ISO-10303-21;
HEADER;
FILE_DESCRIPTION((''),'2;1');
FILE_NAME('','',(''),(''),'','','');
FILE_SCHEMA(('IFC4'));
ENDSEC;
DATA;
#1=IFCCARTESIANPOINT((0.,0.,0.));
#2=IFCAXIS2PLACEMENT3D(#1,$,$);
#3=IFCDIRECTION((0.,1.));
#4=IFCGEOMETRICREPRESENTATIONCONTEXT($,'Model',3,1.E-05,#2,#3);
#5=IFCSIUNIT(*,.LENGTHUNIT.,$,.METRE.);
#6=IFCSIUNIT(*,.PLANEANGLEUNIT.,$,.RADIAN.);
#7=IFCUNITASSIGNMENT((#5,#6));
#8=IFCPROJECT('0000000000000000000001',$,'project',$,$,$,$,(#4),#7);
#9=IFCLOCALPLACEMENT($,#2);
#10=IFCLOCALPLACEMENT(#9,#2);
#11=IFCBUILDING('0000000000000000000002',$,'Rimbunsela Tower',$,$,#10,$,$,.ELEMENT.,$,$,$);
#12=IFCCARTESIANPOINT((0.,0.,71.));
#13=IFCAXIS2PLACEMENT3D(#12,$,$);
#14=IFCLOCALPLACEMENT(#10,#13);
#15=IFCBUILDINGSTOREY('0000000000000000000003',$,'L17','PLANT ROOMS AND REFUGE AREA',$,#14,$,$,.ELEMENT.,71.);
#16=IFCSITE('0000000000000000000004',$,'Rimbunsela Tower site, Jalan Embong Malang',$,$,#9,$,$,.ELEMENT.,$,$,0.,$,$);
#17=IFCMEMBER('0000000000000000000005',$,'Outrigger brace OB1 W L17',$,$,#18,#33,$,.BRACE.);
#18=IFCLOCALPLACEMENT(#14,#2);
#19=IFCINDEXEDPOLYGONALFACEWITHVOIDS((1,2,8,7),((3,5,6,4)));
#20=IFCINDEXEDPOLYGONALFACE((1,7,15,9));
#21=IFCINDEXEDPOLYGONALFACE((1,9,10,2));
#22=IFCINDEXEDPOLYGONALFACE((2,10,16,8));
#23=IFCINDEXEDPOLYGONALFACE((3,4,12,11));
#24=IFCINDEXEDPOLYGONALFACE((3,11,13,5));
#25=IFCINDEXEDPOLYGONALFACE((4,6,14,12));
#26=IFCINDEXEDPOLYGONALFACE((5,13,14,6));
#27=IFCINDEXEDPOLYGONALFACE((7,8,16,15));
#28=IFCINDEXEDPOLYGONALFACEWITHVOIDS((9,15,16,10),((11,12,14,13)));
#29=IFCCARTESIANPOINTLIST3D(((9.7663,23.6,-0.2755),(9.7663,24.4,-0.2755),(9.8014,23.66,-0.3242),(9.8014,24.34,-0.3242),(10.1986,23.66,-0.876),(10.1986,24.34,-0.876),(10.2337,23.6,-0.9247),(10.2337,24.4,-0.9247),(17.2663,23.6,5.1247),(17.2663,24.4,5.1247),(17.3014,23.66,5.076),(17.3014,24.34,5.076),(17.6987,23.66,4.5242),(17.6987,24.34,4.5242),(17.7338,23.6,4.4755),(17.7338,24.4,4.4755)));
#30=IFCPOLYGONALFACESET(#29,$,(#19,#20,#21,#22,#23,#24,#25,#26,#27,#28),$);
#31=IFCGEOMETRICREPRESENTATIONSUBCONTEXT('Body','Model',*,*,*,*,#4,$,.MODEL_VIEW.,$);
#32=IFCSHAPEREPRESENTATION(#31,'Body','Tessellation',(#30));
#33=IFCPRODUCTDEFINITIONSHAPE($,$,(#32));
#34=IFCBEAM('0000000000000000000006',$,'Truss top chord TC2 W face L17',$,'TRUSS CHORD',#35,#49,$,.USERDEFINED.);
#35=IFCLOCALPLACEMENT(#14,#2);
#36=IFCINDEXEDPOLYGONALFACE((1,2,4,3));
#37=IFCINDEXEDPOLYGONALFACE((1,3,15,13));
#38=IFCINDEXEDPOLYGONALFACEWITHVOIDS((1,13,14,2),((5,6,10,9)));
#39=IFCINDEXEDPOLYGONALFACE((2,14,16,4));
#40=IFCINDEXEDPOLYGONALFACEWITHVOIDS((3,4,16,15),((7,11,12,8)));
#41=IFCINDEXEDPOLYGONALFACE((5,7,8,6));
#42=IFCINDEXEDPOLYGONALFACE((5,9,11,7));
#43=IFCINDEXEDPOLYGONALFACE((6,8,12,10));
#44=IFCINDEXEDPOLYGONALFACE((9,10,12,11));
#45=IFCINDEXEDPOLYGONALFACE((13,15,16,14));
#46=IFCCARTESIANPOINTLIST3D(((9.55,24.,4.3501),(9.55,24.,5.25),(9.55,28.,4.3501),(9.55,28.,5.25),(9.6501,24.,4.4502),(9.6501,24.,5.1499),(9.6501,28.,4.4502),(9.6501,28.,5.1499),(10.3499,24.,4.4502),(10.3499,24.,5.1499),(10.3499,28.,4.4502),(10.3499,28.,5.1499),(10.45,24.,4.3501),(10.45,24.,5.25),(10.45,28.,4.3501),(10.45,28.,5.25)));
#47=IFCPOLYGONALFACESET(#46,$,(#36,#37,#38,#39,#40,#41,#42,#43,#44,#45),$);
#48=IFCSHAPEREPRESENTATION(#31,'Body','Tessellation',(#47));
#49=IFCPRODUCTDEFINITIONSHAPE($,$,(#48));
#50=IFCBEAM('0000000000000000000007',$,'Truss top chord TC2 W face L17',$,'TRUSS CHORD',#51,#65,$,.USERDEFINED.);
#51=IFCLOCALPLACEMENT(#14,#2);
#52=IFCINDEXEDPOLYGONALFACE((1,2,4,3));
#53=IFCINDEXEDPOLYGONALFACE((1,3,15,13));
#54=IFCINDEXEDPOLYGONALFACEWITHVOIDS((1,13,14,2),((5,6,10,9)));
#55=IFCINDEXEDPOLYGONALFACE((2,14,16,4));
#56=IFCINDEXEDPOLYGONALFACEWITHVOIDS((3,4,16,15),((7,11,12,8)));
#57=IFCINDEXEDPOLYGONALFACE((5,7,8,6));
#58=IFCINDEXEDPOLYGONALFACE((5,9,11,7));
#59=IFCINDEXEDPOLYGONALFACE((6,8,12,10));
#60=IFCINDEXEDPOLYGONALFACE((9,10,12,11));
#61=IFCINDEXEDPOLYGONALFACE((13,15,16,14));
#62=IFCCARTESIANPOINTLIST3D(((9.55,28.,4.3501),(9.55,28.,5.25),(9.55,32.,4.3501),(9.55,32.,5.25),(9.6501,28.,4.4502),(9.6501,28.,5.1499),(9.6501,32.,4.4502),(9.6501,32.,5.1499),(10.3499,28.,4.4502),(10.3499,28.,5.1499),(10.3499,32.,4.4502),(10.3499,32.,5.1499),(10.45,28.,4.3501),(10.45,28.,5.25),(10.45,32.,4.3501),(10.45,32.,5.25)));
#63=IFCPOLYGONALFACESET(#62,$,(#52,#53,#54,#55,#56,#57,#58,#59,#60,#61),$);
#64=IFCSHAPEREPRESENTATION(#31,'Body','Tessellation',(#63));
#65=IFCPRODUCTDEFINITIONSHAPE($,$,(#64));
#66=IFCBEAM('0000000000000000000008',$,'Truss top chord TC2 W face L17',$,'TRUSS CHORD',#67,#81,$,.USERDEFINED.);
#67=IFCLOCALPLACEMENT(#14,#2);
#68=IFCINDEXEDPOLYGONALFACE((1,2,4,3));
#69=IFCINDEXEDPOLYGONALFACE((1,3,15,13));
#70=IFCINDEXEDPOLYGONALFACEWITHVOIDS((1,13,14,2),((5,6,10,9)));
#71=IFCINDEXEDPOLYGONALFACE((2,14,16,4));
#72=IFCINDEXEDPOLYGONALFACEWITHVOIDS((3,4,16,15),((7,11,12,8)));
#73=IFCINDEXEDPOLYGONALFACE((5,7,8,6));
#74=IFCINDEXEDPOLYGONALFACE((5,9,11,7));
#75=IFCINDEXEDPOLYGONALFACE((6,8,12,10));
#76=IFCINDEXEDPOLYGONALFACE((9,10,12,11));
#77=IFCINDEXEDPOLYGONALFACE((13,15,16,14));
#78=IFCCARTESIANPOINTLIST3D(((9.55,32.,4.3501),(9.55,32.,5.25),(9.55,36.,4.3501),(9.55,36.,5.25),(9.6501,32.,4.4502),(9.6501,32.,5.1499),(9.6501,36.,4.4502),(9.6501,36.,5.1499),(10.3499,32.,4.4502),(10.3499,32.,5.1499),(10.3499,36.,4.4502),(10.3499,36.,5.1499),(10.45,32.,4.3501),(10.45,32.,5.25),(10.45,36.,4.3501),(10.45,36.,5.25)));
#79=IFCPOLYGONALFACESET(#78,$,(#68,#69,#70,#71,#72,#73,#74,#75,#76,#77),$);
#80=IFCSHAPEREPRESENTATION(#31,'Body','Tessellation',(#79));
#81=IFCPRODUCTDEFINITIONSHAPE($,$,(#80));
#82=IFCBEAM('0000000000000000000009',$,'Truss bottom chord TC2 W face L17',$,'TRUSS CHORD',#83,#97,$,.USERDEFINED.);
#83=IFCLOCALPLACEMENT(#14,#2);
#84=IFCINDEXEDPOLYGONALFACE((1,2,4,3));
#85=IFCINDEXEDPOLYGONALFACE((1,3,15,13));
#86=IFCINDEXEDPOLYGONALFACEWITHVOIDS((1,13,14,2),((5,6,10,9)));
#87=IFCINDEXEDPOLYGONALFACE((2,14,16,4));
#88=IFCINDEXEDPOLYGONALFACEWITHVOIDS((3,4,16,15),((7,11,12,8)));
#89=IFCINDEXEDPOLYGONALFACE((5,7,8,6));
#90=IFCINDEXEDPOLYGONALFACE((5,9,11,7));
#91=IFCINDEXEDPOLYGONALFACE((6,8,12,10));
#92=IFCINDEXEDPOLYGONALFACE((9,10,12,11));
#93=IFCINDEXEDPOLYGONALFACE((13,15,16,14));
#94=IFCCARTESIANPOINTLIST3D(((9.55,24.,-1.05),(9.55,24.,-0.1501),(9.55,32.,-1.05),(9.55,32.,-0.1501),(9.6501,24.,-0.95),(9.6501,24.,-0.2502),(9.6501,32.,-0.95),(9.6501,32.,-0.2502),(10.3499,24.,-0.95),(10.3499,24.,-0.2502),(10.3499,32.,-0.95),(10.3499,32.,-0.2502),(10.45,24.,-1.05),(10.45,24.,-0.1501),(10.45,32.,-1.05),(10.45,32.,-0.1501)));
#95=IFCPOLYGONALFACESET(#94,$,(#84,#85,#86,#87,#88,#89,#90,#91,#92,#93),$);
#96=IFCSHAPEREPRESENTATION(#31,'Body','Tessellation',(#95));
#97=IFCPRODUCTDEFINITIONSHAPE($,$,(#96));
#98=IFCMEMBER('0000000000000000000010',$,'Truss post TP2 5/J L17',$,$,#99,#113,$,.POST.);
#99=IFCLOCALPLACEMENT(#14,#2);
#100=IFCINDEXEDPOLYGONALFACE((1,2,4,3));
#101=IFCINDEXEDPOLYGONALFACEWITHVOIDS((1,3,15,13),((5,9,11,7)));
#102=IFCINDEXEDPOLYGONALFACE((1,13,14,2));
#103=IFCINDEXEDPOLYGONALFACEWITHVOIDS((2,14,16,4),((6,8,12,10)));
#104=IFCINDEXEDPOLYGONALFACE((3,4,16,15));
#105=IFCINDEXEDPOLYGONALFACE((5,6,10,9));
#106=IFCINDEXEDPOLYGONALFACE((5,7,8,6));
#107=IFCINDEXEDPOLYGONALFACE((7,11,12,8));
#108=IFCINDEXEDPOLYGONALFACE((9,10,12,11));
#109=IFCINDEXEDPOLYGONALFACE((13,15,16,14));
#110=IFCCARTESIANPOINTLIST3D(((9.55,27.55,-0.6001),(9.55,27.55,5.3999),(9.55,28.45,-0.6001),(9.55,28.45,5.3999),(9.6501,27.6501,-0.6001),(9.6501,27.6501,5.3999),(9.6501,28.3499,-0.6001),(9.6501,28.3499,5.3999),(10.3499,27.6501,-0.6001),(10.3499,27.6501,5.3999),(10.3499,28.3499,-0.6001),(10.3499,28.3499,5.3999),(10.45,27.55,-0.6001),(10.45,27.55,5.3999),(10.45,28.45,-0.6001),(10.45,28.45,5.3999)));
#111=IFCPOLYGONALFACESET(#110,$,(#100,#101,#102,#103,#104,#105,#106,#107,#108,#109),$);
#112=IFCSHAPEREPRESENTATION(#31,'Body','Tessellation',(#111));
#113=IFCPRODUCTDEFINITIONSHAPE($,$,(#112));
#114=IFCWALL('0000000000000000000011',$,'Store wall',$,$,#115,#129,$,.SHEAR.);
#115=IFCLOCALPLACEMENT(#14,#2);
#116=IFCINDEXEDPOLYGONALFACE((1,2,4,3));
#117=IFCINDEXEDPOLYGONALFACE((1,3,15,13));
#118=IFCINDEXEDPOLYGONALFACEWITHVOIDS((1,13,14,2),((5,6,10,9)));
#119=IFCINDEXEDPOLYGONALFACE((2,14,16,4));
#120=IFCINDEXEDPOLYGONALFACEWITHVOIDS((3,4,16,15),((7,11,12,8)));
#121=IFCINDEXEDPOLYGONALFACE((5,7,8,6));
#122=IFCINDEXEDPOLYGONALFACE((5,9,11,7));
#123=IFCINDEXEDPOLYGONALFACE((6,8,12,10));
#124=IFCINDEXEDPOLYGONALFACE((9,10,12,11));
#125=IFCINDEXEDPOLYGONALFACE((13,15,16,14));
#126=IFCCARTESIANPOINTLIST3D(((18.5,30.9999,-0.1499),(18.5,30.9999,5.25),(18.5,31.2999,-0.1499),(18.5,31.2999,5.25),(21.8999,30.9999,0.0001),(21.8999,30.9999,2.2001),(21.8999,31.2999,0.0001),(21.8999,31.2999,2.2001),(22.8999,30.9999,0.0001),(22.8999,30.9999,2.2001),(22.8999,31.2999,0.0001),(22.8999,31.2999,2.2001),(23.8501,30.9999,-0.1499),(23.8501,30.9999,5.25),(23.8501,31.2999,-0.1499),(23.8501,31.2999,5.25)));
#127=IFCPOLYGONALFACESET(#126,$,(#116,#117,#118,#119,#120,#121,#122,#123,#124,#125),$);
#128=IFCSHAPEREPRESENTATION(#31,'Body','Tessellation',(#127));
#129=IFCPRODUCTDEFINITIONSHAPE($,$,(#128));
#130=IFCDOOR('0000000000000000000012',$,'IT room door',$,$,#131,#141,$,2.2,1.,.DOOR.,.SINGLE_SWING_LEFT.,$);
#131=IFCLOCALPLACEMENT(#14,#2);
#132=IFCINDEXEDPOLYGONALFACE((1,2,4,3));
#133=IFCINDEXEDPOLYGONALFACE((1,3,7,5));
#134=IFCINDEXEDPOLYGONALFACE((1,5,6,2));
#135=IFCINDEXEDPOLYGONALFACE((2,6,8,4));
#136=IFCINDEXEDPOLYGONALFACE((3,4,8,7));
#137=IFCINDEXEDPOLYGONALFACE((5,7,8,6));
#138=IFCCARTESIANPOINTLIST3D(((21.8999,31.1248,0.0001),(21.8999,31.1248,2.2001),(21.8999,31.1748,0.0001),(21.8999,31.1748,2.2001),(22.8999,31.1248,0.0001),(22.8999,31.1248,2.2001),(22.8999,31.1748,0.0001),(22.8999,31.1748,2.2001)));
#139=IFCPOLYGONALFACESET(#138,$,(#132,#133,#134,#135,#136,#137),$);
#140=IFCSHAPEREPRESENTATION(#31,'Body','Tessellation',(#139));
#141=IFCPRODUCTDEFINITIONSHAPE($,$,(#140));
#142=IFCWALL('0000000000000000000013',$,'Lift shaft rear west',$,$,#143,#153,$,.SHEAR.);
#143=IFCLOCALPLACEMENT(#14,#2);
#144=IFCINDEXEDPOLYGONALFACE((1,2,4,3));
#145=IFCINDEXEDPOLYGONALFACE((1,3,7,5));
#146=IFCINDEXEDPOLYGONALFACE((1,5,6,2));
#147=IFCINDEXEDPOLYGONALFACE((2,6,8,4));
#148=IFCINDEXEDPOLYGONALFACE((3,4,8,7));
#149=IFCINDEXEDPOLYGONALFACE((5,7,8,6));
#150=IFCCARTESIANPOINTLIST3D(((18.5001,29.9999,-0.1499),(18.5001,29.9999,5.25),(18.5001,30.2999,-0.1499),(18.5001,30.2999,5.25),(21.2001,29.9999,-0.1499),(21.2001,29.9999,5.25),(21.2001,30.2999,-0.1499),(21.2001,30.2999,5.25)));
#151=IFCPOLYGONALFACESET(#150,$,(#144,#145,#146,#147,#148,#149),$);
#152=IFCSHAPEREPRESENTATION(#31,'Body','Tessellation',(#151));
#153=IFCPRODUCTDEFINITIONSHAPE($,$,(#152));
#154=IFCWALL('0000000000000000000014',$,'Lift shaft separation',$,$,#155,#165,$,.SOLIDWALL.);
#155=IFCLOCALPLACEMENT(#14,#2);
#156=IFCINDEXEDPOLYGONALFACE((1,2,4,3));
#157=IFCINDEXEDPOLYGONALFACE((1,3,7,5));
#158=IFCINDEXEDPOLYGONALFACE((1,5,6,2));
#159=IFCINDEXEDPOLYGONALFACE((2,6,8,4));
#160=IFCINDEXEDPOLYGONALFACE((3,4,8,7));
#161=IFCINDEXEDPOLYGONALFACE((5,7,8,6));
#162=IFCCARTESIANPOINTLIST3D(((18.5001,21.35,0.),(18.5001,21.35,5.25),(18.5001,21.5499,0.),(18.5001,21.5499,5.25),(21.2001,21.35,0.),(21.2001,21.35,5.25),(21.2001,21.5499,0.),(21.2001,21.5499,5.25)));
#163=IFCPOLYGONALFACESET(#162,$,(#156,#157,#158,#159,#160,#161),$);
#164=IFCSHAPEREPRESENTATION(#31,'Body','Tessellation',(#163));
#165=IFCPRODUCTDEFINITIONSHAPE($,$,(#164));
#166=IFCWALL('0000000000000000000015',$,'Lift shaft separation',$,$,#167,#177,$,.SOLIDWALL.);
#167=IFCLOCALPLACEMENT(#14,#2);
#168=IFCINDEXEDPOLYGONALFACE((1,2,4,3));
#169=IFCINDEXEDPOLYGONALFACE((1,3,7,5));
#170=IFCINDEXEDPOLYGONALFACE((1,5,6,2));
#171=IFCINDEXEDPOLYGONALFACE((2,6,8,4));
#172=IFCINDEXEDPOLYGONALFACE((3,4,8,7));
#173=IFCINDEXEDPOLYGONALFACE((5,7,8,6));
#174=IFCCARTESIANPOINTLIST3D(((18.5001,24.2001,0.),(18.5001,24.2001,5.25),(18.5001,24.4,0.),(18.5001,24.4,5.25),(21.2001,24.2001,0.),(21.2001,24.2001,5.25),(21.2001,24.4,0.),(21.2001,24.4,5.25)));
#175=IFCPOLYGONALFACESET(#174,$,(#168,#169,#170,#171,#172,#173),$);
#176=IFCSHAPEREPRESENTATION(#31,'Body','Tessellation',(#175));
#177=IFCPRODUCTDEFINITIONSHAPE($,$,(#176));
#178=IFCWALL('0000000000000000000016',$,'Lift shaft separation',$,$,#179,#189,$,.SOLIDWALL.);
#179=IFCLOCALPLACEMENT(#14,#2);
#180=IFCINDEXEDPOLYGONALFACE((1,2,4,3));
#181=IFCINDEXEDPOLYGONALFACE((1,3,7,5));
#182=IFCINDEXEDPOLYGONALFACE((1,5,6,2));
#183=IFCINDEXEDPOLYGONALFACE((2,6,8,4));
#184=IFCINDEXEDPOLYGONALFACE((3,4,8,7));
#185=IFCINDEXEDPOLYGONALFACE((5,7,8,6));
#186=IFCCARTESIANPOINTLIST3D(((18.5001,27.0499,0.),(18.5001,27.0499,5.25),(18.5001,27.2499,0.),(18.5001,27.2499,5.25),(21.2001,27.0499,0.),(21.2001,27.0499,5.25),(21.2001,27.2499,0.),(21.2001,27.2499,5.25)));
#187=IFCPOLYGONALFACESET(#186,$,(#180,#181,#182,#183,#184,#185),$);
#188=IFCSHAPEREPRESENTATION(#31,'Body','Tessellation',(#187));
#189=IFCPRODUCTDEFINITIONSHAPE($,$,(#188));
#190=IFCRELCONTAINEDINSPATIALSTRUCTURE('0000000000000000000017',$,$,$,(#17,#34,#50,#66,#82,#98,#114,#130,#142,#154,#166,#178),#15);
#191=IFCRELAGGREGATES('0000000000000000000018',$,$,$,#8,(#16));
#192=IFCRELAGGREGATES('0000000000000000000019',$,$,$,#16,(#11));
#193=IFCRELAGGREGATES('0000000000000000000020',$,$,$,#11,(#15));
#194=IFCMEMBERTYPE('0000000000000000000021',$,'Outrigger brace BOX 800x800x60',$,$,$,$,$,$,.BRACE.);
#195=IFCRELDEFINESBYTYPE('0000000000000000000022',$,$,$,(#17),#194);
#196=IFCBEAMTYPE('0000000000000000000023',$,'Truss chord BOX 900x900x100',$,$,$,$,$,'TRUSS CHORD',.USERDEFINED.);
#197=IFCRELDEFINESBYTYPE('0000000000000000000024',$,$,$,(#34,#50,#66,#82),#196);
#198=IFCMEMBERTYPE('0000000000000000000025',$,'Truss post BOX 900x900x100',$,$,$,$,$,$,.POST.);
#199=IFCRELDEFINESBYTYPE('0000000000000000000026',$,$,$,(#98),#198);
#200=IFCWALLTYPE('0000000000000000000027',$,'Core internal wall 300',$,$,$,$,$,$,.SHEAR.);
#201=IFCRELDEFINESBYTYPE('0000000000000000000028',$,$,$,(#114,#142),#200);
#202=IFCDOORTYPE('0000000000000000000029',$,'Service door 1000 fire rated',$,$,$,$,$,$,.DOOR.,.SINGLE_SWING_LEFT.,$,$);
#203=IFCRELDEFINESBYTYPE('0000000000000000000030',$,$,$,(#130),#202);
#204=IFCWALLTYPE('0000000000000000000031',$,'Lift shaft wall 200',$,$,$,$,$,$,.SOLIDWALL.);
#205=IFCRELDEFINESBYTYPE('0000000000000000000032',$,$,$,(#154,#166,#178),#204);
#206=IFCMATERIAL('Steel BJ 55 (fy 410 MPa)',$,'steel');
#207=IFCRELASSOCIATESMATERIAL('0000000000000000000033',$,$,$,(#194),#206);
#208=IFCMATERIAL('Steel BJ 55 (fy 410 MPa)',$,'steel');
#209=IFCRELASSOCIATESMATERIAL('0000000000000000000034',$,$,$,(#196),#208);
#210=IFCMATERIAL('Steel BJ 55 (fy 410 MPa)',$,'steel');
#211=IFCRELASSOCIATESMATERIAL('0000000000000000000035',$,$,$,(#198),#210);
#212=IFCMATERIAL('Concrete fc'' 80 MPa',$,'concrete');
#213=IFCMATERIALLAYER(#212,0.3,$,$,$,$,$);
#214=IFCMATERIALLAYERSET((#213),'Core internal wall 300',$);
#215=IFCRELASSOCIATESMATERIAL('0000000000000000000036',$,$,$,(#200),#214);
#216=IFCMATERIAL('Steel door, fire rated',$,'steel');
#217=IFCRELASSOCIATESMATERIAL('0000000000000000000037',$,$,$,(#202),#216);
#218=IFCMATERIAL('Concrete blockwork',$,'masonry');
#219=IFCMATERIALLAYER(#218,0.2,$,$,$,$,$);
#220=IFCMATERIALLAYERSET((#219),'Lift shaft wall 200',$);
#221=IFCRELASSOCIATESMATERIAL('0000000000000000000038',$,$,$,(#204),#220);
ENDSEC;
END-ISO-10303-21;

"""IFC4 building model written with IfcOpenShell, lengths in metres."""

from ifc_helpers import new_model, si_unit, direction, frame, frame_2d, origin, origin_2d, place, context, subcontext, project, spatial, rectangle, hollow_rectangle, extrude, material, layer, layer_set, material_profile, profile_set, type_object, element, fill, save


model = new_model("IFC4")

# Units and contexts
model_context = context("Model", 3, precision=1e-05, world=origin(), true_north=direction((0.0, 1.0)))
body_context = subcontext(model_context, "Body", "Model", "MODEL_VIEW")
ifc_project = project(units=[si_unit("LENGTHUNIT", "METRE"), si_unit("PLANEANGLEUNIT", "RADIAN")], contexts=[model_context])

# Site, building, storey
site_placement = place(None, origin())
site = spatial("IfcSite", under=ifc_project, at=site_placement, Name="Rimbunsela Tower site, Jalan Embong Malang", CompositionType="ELEMENT", RefElevation=0.0)
building_placement = place(site_placement, origin())
building = spatial("IfcBuilding", under=site, at=building_placement, Name="Rimbunsela Tower", CompositionType="ELEMENT")
storey_placement = place(building_placement, frame((0.0, 0.0, 71.0)))
storey = spatial("IfcBuildingStorey", under=building, at=storey_placement, Name="L17", Description="PLANT ROOMS AND REFUGE AREA", CompositionType="ELEMENT", Elevation=71.0)

# Member
ifc_material_1 = material(Name="Steel BJ 55 (fy 410 MPa)", Category="steel")
ifc_material_profile_1 = material_profile(ifc_material_1, hollow_rectangle(XDim=0.8, YDim=0.8, WallThickness=0.0601, at=origin_2d()), Name="BOX 800x800x60")
ifc_profile_set_1 = profile_set([ifc_material_profile_1], Name="Steel BJ 55 (fy 410 MPa)")
member_type_1 = type_object("IfcMemberType", Name="Outrigger brace BOX 800x800x60", PredefinedType="BRACE", material=ifc_profile_set_1)
for number, where, z_axis, x_axis, name in (
    (1, (10.0, 24.0, -0.6001), (0.811527, 0.0, 0.584315), (0.0, 1.0, 0.0), "Outrigger brace OB1 W L17"),
):
    element("IfcMember", number, at=place(storey_placement, frame(where, z_axis=z_axis, x_axis=x_axis)), inside=storey, type_object=member_type_1, Name=name, PredefinedType="BRACE", context=body_context, shape_type="SweptSolid", body=[
        extrude(hollow_rectangle(XDim=0.8, YDim=0.8, WallThickness=0.0601, at=origin_2d()), origin(), (0.0, 0.0, 1.0), 9.2419),
    ])

# Beams
ifc_material_2 = material(Name="Steel BJ 55 (fy 410 MPa)", Category="steel")
ifc_material_profile_2 = material_profile(ifc_material_2, hollow_rectangle(XDim=0.8999, YDim=0.8999, WallThickness=0.1001, at=origin_2d()), Name="BOX 900x900x100")
ifc_profile_set_2 = profile_set([ifc_material_profile_2], Name="Steel BJ 55 (fy 410 MPa)")
beam_type_1 = type_object("IfcBeamType", Name="Truss chord BOX 900x900x100", ElementType="TRUSS CHORD", PredefinedType="USERDEFINED", material=ifc_profile_set_2)
for number, where, z_axis, x_axis, name in (
    (2, (10.0, 24.0, 4.8), (0.0, 1.0, 0.0), (-1.0, 0.0, 0.0), "Truss top chord TC2 W face L17"),
    (3, (10.0, 28.0, 4.8), (0.0, 1.0, 0.0), (-1.0, 0.0, 0.0), "Truss top chord TC2 W face L17"),
    (4, (10.0, 32.0, 4.8), (0.0, 1.0, 0.0), (-1.0, 0.0, 0.0), "Truss top chord TC2 W face L17"),
):
    element("IfcBeam", number, at=place(storey_placement, frame(where, z_axis=z_axis, x_axis=x_axis)), inside=storey, type_object=beam_type_1, Name=name, ObjectType="TRUSS CHORD", PredefinedType="USERDEFINED", context=body_context, shape_type="SweptSolid", body=[
        extrude(hollow_rectangle(XDim=0.8999, YDim=0.8999, WallThickness=0.1001, at=origin_2d()), origin(), (0.0, 0.0, 1.0), 4.0),
    ])
beam_1_placement = place(storey_placement, frame((10.0, 24.0, -0.6001), z_axis=(0.0, 1.0, 0.0), x_axis=(-1.0, 0.0, 0.0)))
element("IfcBeam", 5, at=beam_1_placement, inside=storey, type_object=beam_type_1, Name="Truss bottom chord TC2 W face L17", ObjectType="TRUSS CHORD", PredefinedType="USERDEFINED", context=body_context, shape_type="SweptSolid", body=[
    extrude(hollow_rectangle(XDim=0.8999, YDim=0.8999, WallThickness=0.1001, at=origin_2d()), origin(), (0.0, 0.0, 1.0), 8.0),
])

# Member
ifc_material_3 = material(Name="Steel BJ 55 (fy 410 MPa)", Category="steel")
ifc_material_profile_3 = material_profile(ifc_material_3, hollow_rectangle(XDim=0.8999, YDim=0.8999, WallThickness=0.1001, at=origin_2d()), Name="BOX 900x900x100")
ifc_profile_set_3 = profile_set([ifc_material_profile_3], Name="Steel BJ 55 (fy 410 MPa)")
member_type_2 = type_object("IfcMemberType", Name="Truss post BOX 900x900x100", PredefinedType="POST", material=ifc_profile_set_3)
member_placement = place(storey_placement, frame((10.0, 28.0, -0.6001), z_axis=(0.0, 0.0, 1.0), x_axis=(1.0, 0.0, 0.0)))
element("IfcMember", 6, at=member_placement, inside=storey, type_object=member_type_2, Name="Truss post TP2 5/J L17", PredefinedType="POST", context=body_context, shape_type="SweptSolid", body=[
    extrude(hollow_rectangle(XDim=0.8999, YDim=0.8999, WallThickness=0.1001, at=origin_2d()), origin(), (0.0, 0.0, 1.0), 6.0),
])

# Wall, opening, door
ifc_material_4 = material(Name="Concrete fc' 80 MPa", Category="concrete")
ifc_layer_1 = layer(ifc_material_4, 0.3)
ifc_layer_set_1 = layer_set([ifc_layer_1], Name="Core internal wall 300")
wall_type_1 = type_object("IfcWallType", Name="Core internal wall 300", PredefinedType="SHEAR", material=ifc_layer_set_1)
wall_1_placement = place(storey_placement, frame((18.5, 31.1499, -0.1499), z_axis=(0.0, 0.0, 1.0), x_axis=(1.0, 0.0, 0.0)))
wall_1 = element("IfcWall", 7, at=wall_1_placement, inside=storey, type_object=wall_type_1, Name="Store wall", PredefinedType="SHEAR", context=body_context, shape_type="SweptSolid", body=[
    extrude(rectangle(XDim=5.3501, YDim=0.3, at=frame_2d((2.675, 0.0))), origin(), (0.0, 0.0, 1.0), 5.3999),
])
opening_placement = place(wall_1_placement, frame((3.3999, 0.0, 0.1499)))
opening = element("IfcOpeningElement", 8, at=opening_placement, cuts=wall_1, PredefinedType="OPENING", context=body_context, shape_type="SweptSolid", body=[
    extrude(rectangle(XDim=1.0, YDim=2.2, at=frame_2d((0.5, 1.1001))), frame((0.0, 0.1599, 0.0), z_axis=(0.0, -1.0, 0.0), x_axis=(1.0, 0.0, 0.0)), (0.0, 0.0, 1.0), 0.3201),
])
ifc_material_5 = material(Name="Steel door, fire rated", Category="steel")
door_type = type_object("IfcDoorType", Name="Service door 1000 fire rated", OperationType="SINGLE_SWING_LEFT", PredefinedType="DOOR", material=ifc_material_5)
door_placement = place(opening_placement, origin())
door = element("IfcDoor", 9, at=door_placement, inside=storey, type_object=door_type, Name="IT room door", OperationType="SINGLE_SWING_LEFT", OverallHeight=2.2, OverallWidth=1.0, PredefinedType="DOOR", context=body_context, shape_type="SweptSolid", body=[
    extrude(rectangle(XDim=1.0, YDim=2.2, at=frame_2d((0.5, 1.1001))), frame((0.0, 0.0249, 0.0), z_axis=(0.0, -1.0, 0.0), x_axis=(1.0, 0.0, 0.0)), (0.0, 0.0, 1.0), 0.05),
])
fill(opening, door)

# Walls
wall_2_placement = place(storey_placement, frame((18.5, 30.1499, -0.1499), z_axis=(0.0, 0.0, 1.0), x_axis=(1.0, 0.0, 0.0)))
element("IfcWall", 10, at=wall_2_placement, inside=storey, type_object=wall_type_1, Name="Lift shaft rear west", PredefinedType="SHEAR", context=body_context, shape_type="SweptSolid", body=[
    extrude(rectangle(XDim=2.7, YDim=0.3, at=frame_2d((1.3501, 0.0))), origin(), (0.0, 0.0, 1.0), 5.3999),
])
ifc_material_6 = material(Name="Concrete blockwork", Category="masonry")
ifc_layer_2 = layer(ifc_material_6, 0.2)
ifc_layer_set_2 = layer_set([ifc_layer_2], Name="Lift shaft wall 200")
wall_type_2 = type_object("IfcWallType", Name="Lift shaft wall 200", PredefinedType="SOLIDWALL", material=ifc_layer_set_2)
for number, where, z_axis, x_axis, name in (
    (11, (18.5, 21.45, 0.0), (0.0, 0.0, 1.0), (1.0, 0.0, 0.0), "Lift shaft separation"),
    (12, (18.5, 24.3, 0.0), (0.0, 0.0, 1.0), (1.0, 0.0, 0.0), "Lift shaft separation"),
    (13, (18.5, 27.1499, 0.0), (0.0, 0.0, 1.0), (1.0, 0.0, 0.0), "Lift shaft separation"),
):
    element("IfcWall", number, at=place(storey_placement, frame(where, z_axis=z_axis, x_axis=x_axis)), inside=storey, type_object=wall_type_2, Name=name, PredefinedType="SOLIDWALL", context=body_context, shape_type="SweptSolid", body=[
        extrude(rectangle(XDim=2.7, YDim=0.2, at=frame_2d((1.3501, 0.0))), origin(), (0.0, 0.0, 1.0), 5.25),
    ])

save(model, "model.ifc")
